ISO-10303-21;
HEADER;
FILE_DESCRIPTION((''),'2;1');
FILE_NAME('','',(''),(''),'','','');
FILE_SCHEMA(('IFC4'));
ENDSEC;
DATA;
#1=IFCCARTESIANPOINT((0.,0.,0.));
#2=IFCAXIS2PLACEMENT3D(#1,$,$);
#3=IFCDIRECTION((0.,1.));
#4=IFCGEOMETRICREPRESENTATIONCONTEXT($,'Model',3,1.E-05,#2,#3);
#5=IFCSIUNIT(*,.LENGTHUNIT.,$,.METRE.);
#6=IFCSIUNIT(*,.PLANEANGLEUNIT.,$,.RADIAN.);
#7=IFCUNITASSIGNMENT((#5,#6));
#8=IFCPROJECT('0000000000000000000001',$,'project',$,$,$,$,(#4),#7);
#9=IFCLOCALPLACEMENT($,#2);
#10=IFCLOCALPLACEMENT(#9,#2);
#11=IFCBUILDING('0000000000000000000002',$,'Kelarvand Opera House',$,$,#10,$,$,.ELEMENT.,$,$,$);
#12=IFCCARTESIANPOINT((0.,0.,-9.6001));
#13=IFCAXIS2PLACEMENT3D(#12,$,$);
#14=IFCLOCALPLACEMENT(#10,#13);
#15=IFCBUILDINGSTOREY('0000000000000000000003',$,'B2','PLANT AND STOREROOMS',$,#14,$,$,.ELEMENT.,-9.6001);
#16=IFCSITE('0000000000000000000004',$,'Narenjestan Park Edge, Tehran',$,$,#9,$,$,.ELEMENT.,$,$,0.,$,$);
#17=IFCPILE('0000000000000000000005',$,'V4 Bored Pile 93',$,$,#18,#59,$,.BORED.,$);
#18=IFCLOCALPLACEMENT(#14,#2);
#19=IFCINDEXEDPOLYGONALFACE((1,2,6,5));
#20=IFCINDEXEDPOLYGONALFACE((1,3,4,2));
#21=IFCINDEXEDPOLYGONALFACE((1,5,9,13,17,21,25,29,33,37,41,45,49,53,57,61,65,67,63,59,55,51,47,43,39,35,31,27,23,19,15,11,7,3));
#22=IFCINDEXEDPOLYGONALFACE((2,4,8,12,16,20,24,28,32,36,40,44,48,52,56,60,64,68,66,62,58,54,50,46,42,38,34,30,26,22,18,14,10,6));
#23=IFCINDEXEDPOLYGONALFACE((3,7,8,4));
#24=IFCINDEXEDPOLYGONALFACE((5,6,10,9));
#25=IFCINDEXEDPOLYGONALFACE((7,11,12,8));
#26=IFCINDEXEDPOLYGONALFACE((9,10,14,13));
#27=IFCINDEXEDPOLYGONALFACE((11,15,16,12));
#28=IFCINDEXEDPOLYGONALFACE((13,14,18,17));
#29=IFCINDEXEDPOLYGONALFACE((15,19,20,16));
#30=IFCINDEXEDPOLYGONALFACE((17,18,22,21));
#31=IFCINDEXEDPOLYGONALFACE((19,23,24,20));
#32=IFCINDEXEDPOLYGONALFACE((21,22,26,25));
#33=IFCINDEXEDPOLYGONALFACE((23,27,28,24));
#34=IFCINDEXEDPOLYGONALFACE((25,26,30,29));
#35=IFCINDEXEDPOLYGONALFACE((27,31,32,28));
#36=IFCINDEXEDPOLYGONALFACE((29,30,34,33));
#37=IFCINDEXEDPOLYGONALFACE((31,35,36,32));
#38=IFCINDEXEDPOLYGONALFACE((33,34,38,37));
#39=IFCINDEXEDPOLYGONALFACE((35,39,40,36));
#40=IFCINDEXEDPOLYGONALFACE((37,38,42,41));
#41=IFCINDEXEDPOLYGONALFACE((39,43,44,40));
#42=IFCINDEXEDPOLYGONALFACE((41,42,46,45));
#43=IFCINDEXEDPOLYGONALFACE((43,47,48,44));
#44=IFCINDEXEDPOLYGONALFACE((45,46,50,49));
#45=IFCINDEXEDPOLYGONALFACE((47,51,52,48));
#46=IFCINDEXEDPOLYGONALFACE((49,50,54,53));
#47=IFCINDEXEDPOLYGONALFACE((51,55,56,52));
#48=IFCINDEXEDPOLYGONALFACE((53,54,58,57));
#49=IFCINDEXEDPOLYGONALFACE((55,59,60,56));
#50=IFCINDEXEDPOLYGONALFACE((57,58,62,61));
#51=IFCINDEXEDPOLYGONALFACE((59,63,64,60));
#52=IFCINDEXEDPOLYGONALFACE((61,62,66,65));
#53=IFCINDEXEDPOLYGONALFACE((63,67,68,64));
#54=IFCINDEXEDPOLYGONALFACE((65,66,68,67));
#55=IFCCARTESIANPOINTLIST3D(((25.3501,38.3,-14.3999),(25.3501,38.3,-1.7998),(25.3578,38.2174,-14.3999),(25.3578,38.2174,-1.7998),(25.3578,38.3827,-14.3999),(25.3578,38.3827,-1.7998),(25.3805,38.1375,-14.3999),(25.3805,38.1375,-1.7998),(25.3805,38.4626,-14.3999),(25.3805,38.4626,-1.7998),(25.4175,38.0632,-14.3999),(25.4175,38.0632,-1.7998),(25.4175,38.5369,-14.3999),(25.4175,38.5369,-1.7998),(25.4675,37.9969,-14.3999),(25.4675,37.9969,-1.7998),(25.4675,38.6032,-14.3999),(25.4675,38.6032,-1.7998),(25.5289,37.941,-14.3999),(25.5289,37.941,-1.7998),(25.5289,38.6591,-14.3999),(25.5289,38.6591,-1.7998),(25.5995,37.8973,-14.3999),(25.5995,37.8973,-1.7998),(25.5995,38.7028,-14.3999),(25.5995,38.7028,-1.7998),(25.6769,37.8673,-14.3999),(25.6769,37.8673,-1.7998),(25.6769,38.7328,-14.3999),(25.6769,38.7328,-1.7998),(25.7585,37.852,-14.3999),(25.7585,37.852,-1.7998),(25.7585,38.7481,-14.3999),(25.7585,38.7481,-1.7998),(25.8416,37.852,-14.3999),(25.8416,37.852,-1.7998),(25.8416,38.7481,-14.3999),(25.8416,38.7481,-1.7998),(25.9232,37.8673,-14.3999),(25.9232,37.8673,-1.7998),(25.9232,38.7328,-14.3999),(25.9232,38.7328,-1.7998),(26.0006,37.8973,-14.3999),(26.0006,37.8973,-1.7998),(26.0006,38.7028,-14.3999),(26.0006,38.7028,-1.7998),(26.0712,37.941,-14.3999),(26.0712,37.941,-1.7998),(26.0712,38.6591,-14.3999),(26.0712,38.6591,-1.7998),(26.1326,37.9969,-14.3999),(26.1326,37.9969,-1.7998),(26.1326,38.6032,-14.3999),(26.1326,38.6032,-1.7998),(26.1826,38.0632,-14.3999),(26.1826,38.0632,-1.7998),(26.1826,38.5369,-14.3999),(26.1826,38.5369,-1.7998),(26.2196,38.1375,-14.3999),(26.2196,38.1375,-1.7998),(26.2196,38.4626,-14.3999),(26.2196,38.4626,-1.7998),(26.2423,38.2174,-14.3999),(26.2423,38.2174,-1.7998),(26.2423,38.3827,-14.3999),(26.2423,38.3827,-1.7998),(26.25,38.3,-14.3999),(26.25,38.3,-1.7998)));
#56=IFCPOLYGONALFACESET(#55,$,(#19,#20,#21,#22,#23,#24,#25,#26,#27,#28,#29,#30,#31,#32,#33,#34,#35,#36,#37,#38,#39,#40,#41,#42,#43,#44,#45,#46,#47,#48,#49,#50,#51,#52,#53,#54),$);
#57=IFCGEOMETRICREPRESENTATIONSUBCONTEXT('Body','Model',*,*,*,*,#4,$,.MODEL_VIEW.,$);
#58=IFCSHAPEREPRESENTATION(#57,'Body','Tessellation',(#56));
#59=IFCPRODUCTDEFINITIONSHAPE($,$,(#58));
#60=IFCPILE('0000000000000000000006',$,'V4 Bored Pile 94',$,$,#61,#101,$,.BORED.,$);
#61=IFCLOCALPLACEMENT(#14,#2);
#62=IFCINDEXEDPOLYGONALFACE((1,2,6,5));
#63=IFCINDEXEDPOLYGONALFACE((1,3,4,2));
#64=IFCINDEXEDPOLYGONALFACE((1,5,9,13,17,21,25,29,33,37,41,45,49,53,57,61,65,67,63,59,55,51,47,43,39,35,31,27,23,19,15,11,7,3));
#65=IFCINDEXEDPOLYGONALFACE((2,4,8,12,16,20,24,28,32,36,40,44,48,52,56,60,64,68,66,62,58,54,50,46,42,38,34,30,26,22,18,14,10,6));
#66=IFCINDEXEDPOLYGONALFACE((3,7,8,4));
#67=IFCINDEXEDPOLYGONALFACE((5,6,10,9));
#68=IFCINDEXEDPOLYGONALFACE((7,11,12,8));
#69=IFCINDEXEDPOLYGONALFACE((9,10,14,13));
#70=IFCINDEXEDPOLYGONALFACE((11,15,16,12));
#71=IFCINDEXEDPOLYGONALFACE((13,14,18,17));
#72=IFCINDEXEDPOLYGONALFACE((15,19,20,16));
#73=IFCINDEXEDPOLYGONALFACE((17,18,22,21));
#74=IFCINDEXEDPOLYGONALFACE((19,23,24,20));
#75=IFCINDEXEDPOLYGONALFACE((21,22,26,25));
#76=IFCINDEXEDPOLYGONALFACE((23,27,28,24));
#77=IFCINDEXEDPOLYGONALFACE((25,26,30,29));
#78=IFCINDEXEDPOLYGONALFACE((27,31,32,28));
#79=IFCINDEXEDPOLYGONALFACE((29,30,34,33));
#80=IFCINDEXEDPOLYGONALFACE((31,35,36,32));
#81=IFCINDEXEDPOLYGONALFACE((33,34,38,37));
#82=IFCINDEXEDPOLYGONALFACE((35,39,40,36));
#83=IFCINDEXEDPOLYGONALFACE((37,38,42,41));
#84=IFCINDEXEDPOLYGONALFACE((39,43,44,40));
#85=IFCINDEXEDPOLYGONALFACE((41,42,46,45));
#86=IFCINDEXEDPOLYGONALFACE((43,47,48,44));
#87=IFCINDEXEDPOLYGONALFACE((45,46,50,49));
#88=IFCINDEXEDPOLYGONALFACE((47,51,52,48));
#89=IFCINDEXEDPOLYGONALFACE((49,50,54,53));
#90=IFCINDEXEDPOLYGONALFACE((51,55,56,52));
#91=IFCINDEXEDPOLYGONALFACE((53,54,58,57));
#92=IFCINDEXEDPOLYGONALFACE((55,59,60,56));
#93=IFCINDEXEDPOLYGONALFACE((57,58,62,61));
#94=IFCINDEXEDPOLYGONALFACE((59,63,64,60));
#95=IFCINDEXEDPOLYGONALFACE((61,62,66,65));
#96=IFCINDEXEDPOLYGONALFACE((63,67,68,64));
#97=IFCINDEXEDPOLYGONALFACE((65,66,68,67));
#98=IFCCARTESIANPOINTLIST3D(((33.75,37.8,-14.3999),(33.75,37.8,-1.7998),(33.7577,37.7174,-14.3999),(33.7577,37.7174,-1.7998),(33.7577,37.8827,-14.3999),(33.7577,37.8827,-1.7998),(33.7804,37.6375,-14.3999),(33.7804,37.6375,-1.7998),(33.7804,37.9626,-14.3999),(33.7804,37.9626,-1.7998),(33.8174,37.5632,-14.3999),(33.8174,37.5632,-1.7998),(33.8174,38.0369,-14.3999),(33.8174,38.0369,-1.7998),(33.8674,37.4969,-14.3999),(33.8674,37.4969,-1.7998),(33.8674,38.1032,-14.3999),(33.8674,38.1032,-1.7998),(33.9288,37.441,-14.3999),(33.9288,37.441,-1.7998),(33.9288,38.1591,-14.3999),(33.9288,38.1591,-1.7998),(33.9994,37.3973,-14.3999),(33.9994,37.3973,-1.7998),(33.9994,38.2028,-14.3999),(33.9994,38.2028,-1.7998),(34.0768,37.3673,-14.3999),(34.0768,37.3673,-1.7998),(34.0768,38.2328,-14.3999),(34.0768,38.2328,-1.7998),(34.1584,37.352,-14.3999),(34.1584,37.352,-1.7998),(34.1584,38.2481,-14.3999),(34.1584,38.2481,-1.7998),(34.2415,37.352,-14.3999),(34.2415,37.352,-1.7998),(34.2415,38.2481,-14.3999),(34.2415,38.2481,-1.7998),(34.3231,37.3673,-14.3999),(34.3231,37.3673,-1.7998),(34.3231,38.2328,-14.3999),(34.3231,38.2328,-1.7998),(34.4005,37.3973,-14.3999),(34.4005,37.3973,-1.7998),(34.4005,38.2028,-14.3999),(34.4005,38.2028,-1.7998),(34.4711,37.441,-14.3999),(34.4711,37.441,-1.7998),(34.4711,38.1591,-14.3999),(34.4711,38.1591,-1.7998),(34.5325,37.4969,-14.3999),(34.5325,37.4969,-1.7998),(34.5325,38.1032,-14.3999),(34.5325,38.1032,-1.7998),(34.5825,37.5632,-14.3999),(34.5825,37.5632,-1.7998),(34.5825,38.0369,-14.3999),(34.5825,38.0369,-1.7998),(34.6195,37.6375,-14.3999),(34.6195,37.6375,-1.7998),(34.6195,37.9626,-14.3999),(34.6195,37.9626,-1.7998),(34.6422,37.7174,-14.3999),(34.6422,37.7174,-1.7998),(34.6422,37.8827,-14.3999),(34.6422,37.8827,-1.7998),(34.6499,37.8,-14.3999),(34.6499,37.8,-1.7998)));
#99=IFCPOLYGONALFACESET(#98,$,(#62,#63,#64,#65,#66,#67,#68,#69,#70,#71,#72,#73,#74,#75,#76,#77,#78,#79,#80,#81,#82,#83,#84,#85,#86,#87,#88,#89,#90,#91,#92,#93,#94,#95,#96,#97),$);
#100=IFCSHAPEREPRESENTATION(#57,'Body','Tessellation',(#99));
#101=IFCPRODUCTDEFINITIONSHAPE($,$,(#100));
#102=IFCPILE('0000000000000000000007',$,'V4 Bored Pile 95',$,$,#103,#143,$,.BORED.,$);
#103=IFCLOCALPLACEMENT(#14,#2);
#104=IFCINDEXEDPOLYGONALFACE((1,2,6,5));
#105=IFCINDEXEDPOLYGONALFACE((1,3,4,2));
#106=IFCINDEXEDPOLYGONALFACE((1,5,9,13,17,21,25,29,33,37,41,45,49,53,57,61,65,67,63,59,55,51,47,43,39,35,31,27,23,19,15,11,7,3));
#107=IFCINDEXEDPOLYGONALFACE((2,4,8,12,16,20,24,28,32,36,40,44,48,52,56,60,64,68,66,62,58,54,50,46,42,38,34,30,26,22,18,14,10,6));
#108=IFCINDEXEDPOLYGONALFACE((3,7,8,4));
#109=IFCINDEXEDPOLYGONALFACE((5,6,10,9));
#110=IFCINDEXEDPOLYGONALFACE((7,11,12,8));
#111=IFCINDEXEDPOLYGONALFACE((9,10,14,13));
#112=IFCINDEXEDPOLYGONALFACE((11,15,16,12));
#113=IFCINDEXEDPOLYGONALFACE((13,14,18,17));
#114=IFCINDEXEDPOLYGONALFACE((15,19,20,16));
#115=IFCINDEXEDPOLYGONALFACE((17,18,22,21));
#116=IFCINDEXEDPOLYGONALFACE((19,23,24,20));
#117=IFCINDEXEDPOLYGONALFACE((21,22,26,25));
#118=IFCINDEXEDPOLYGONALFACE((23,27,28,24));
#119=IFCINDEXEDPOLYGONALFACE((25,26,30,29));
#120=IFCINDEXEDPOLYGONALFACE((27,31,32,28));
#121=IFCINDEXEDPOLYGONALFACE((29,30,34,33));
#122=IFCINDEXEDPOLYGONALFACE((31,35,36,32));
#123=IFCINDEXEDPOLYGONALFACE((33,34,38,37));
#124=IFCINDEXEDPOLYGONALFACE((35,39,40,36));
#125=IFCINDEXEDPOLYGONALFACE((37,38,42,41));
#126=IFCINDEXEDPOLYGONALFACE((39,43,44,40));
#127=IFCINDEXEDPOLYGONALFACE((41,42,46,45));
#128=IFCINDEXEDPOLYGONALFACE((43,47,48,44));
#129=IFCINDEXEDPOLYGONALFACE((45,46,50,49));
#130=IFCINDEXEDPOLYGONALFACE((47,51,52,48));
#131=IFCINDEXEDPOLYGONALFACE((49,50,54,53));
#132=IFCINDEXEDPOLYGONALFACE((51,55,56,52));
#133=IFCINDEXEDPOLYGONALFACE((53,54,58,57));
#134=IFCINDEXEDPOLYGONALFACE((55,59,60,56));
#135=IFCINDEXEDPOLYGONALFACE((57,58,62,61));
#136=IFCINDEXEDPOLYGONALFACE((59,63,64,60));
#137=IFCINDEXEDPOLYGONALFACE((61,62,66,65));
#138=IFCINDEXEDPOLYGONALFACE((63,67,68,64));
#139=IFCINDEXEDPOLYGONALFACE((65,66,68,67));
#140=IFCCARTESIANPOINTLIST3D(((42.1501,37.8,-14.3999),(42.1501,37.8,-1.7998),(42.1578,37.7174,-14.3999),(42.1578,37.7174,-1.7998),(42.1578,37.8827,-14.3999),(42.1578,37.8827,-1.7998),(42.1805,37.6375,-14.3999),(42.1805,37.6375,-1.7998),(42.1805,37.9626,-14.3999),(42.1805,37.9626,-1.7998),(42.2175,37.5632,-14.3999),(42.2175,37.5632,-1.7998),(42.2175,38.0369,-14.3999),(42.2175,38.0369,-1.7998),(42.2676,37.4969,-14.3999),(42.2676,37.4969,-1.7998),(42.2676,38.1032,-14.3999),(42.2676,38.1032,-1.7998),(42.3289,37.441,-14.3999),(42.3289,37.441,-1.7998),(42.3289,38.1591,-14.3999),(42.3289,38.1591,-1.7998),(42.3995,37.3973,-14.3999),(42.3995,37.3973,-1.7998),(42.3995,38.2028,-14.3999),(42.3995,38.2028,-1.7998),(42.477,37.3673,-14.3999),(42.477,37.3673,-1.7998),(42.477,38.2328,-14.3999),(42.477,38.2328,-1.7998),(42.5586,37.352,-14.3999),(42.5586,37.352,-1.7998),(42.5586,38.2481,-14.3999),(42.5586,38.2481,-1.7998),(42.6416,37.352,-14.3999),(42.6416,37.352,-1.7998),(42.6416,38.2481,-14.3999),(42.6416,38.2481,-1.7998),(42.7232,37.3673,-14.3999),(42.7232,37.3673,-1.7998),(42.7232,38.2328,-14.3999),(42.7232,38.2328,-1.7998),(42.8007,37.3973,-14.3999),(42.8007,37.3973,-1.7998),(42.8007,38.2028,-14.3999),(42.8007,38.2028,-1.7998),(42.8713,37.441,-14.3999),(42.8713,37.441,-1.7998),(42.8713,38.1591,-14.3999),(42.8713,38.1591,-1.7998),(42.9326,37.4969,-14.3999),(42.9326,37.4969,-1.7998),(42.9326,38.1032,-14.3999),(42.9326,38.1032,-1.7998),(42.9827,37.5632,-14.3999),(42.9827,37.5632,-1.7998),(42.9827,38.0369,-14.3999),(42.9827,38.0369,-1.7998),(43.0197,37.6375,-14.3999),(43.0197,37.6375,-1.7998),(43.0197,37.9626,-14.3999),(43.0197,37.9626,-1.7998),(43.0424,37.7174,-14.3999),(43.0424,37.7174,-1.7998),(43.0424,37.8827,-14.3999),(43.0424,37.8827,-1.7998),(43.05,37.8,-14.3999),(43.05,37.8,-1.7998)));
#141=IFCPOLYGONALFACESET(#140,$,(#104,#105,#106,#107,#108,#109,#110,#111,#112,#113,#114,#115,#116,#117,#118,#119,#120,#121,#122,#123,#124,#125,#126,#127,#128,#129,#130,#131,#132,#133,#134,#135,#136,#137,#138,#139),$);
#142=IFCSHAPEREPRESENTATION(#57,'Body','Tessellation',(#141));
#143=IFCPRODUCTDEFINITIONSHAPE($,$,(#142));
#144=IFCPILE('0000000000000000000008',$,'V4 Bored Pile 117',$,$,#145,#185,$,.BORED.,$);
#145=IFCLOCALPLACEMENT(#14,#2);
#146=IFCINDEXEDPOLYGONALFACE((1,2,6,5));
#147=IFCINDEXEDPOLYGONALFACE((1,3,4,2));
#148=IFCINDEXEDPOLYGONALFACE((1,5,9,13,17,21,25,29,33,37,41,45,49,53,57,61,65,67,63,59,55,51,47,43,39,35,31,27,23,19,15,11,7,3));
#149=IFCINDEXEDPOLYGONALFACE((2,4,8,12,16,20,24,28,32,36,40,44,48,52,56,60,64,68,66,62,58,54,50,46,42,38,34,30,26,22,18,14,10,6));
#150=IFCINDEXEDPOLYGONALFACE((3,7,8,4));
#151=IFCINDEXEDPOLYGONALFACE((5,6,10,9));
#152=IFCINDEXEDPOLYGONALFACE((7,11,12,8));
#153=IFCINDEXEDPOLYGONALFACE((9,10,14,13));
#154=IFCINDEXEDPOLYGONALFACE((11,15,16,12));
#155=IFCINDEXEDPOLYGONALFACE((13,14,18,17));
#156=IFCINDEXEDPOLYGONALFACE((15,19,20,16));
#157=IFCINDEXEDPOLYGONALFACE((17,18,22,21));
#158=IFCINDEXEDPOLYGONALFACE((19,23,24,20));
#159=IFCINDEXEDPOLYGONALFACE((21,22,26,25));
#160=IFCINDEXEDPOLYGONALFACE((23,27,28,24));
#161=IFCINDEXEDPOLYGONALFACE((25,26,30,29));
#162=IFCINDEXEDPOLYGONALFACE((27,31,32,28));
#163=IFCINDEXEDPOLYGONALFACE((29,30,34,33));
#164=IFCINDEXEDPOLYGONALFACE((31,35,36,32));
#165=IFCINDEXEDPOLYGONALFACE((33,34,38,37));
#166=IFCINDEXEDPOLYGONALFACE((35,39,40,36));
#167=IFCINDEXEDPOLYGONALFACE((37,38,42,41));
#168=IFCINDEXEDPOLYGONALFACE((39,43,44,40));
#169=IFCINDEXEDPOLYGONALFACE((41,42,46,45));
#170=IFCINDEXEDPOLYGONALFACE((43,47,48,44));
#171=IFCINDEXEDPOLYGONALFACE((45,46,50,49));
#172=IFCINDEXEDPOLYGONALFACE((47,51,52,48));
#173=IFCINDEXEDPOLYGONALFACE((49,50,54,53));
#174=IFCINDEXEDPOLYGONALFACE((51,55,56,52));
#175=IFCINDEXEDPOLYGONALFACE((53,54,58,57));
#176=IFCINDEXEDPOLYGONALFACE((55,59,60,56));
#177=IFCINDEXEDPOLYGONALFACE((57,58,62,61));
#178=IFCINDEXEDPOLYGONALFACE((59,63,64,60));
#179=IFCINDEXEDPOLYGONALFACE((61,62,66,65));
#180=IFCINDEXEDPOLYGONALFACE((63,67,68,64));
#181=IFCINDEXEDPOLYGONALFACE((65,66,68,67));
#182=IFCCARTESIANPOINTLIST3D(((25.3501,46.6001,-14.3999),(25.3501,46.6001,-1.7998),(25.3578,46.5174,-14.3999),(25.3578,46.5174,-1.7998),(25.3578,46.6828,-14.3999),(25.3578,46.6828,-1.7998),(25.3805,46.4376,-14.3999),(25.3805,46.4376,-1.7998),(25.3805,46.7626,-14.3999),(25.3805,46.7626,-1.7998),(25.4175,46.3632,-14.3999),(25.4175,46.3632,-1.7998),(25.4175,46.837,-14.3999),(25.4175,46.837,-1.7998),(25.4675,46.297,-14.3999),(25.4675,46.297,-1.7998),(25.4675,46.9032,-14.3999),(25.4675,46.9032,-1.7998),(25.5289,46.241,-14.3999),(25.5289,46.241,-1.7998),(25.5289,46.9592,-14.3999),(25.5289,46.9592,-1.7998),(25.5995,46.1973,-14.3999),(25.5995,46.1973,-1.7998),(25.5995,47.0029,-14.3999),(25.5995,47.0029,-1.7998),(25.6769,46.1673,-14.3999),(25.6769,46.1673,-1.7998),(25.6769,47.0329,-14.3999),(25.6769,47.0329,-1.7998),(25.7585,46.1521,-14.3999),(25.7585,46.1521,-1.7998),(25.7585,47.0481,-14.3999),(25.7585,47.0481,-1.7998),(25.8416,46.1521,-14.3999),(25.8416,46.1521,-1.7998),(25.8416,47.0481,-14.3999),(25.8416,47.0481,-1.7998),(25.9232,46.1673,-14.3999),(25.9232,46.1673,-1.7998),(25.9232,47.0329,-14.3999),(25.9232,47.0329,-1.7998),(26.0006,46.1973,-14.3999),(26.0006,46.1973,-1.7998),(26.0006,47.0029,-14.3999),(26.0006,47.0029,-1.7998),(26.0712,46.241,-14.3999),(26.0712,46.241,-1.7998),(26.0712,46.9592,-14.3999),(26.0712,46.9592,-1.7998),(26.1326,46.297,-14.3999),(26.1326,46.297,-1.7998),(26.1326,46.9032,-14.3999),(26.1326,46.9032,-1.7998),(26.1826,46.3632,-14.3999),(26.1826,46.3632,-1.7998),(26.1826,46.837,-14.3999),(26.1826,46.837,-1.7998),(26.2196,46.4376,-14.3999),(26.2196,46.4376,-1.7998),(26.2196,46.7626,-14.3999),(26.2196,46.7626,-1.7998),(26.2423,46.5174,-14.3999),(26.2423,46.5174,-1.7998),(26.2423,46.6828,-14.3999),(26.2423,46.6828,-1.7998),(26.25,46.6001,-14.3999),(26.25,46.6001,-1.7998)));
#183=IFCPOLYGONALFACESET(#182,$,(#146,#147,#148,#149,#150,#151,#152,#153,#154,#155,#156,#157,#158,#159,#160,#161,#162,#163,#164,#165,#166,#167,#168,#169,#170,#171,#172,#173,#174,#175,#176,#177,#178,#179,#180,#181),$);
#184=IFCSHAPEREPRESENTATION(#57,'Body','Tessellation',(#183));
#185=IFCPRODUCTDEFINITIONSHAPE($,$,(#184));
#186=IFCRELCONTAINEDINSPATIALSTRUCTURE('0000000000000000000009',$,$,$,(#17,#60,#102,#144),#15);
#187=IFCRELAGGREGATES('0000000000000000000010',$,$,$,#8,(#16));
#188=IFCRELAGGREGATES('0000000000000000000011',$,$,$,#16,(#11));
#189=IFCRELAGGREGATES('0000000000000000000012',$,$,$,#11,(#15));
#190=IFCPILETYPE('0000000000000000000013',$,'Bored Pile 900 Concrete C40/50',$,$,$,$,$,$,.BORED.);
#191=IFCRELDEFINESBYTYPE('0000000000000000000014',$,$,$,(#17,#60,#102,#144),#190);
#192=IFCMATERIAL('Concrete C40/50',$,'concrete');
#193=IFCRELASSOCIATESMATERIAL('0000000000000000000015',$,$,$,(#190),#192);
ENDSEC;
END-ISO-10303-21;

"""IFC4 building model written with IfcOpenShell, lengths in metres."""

from ifc_helpers import new_model, si_unit, direction, frame, origin, origin_2d, place, context, subcontext, project, spatial, circle, extrude, material, material_profile, profile_set, type_object, element, save


model = new_model("IFC4")

# Units and contexts
model_context = context("Model", 3, precision=1e-05, world=origin(), true_north=direction((0.0, 1.0)))
body_context = subcontext(model_context, "Body", "Model", "MODEL_VIEW")
ifc_project = project(units=[si_unit("LENGTHUNIT", "METRE"), si_unit("PLANEANGLEUNIT", "RADIAN")], contexts=[model_context])

# Site, building, storey
site_placement = place(None, origin())
site = spatial("IfcSite", under=ifc_project, at=site_placement, Name="Narenjestan Park Edge, Tehran", CompositionType="ELEMENT", RefElevation=0.0)
building_placement = place(site_placement, origin())
building = spatial("IfcBuilding", under=site, at=building_placement, Name="Kelarvand Opera House", CompositionType="ELEMENT")
storey_placement = place(building_placement, frame((0.0, 0.0, -9.6001)))
storey = spatial("IfcBuildingStorey", under=building, at=storey_placement, Name="B2", Description="PLANT AND STOREROOMS", CompositionType="ELEMENT", Elevation=-9.6001)

# Piles
ifc_material_1 = material(Name="Concrete C40/50", Category="concrete")
ifc_material_profile_1 = material_profile(ifc_material_1, circle(Radius=0.45, at=origin_2d()), Name="BP 900", Category="concrete")
ifc_profile_set_1 = profile_set([ifc_material_profile_1], Name="Concrete C40/50")
pile_type = type_object("IfcPileType", Name="Bored Pile 900 Concrete C40/50", PredefinedType="BORED", material=ifc_profile_set_1)
for number, where, z_axis, x_axis, name in (
    (1, (25.8, 38.3, -1.7998), (0.0, 0.0, -1.0), (1.0, 0.0, 0.0), "V4 Bored Pile 93"),
    (2, (34.2, 37.8, -1.7998), (0.0, 0.0, -1.0), (1.0, 0.0, 0.0), "V4 Bored Pile 94"),
    (3, (42.6001, 37.8, -1.7998), (0.0, 0.0, -1.0), (1.0, 0.0, 0.0), "V4 Bored Pile 95"),
    (4, (25.8, 46.6001, -1.7998), (0.0, 0.0, -1.0), (1.0, 0.0, 0.0), "V4 Bored Pile 117"),
):
    element("IfcPile", number, at=place(storey_placement, frame(where, z_axis=z_axis, x_axis=x_axis)), inside=storey, type_object=pile_type, Name=name, PredefinedType="BORED", context=body_context, shape_type="SweptSolid", body=[
        extrude(circle(Radius=0.45, at=origin_2d()), origin(), (0.0, 0.0, 1.0), 12.6001),
    ])

save(model, "model.ifc")
